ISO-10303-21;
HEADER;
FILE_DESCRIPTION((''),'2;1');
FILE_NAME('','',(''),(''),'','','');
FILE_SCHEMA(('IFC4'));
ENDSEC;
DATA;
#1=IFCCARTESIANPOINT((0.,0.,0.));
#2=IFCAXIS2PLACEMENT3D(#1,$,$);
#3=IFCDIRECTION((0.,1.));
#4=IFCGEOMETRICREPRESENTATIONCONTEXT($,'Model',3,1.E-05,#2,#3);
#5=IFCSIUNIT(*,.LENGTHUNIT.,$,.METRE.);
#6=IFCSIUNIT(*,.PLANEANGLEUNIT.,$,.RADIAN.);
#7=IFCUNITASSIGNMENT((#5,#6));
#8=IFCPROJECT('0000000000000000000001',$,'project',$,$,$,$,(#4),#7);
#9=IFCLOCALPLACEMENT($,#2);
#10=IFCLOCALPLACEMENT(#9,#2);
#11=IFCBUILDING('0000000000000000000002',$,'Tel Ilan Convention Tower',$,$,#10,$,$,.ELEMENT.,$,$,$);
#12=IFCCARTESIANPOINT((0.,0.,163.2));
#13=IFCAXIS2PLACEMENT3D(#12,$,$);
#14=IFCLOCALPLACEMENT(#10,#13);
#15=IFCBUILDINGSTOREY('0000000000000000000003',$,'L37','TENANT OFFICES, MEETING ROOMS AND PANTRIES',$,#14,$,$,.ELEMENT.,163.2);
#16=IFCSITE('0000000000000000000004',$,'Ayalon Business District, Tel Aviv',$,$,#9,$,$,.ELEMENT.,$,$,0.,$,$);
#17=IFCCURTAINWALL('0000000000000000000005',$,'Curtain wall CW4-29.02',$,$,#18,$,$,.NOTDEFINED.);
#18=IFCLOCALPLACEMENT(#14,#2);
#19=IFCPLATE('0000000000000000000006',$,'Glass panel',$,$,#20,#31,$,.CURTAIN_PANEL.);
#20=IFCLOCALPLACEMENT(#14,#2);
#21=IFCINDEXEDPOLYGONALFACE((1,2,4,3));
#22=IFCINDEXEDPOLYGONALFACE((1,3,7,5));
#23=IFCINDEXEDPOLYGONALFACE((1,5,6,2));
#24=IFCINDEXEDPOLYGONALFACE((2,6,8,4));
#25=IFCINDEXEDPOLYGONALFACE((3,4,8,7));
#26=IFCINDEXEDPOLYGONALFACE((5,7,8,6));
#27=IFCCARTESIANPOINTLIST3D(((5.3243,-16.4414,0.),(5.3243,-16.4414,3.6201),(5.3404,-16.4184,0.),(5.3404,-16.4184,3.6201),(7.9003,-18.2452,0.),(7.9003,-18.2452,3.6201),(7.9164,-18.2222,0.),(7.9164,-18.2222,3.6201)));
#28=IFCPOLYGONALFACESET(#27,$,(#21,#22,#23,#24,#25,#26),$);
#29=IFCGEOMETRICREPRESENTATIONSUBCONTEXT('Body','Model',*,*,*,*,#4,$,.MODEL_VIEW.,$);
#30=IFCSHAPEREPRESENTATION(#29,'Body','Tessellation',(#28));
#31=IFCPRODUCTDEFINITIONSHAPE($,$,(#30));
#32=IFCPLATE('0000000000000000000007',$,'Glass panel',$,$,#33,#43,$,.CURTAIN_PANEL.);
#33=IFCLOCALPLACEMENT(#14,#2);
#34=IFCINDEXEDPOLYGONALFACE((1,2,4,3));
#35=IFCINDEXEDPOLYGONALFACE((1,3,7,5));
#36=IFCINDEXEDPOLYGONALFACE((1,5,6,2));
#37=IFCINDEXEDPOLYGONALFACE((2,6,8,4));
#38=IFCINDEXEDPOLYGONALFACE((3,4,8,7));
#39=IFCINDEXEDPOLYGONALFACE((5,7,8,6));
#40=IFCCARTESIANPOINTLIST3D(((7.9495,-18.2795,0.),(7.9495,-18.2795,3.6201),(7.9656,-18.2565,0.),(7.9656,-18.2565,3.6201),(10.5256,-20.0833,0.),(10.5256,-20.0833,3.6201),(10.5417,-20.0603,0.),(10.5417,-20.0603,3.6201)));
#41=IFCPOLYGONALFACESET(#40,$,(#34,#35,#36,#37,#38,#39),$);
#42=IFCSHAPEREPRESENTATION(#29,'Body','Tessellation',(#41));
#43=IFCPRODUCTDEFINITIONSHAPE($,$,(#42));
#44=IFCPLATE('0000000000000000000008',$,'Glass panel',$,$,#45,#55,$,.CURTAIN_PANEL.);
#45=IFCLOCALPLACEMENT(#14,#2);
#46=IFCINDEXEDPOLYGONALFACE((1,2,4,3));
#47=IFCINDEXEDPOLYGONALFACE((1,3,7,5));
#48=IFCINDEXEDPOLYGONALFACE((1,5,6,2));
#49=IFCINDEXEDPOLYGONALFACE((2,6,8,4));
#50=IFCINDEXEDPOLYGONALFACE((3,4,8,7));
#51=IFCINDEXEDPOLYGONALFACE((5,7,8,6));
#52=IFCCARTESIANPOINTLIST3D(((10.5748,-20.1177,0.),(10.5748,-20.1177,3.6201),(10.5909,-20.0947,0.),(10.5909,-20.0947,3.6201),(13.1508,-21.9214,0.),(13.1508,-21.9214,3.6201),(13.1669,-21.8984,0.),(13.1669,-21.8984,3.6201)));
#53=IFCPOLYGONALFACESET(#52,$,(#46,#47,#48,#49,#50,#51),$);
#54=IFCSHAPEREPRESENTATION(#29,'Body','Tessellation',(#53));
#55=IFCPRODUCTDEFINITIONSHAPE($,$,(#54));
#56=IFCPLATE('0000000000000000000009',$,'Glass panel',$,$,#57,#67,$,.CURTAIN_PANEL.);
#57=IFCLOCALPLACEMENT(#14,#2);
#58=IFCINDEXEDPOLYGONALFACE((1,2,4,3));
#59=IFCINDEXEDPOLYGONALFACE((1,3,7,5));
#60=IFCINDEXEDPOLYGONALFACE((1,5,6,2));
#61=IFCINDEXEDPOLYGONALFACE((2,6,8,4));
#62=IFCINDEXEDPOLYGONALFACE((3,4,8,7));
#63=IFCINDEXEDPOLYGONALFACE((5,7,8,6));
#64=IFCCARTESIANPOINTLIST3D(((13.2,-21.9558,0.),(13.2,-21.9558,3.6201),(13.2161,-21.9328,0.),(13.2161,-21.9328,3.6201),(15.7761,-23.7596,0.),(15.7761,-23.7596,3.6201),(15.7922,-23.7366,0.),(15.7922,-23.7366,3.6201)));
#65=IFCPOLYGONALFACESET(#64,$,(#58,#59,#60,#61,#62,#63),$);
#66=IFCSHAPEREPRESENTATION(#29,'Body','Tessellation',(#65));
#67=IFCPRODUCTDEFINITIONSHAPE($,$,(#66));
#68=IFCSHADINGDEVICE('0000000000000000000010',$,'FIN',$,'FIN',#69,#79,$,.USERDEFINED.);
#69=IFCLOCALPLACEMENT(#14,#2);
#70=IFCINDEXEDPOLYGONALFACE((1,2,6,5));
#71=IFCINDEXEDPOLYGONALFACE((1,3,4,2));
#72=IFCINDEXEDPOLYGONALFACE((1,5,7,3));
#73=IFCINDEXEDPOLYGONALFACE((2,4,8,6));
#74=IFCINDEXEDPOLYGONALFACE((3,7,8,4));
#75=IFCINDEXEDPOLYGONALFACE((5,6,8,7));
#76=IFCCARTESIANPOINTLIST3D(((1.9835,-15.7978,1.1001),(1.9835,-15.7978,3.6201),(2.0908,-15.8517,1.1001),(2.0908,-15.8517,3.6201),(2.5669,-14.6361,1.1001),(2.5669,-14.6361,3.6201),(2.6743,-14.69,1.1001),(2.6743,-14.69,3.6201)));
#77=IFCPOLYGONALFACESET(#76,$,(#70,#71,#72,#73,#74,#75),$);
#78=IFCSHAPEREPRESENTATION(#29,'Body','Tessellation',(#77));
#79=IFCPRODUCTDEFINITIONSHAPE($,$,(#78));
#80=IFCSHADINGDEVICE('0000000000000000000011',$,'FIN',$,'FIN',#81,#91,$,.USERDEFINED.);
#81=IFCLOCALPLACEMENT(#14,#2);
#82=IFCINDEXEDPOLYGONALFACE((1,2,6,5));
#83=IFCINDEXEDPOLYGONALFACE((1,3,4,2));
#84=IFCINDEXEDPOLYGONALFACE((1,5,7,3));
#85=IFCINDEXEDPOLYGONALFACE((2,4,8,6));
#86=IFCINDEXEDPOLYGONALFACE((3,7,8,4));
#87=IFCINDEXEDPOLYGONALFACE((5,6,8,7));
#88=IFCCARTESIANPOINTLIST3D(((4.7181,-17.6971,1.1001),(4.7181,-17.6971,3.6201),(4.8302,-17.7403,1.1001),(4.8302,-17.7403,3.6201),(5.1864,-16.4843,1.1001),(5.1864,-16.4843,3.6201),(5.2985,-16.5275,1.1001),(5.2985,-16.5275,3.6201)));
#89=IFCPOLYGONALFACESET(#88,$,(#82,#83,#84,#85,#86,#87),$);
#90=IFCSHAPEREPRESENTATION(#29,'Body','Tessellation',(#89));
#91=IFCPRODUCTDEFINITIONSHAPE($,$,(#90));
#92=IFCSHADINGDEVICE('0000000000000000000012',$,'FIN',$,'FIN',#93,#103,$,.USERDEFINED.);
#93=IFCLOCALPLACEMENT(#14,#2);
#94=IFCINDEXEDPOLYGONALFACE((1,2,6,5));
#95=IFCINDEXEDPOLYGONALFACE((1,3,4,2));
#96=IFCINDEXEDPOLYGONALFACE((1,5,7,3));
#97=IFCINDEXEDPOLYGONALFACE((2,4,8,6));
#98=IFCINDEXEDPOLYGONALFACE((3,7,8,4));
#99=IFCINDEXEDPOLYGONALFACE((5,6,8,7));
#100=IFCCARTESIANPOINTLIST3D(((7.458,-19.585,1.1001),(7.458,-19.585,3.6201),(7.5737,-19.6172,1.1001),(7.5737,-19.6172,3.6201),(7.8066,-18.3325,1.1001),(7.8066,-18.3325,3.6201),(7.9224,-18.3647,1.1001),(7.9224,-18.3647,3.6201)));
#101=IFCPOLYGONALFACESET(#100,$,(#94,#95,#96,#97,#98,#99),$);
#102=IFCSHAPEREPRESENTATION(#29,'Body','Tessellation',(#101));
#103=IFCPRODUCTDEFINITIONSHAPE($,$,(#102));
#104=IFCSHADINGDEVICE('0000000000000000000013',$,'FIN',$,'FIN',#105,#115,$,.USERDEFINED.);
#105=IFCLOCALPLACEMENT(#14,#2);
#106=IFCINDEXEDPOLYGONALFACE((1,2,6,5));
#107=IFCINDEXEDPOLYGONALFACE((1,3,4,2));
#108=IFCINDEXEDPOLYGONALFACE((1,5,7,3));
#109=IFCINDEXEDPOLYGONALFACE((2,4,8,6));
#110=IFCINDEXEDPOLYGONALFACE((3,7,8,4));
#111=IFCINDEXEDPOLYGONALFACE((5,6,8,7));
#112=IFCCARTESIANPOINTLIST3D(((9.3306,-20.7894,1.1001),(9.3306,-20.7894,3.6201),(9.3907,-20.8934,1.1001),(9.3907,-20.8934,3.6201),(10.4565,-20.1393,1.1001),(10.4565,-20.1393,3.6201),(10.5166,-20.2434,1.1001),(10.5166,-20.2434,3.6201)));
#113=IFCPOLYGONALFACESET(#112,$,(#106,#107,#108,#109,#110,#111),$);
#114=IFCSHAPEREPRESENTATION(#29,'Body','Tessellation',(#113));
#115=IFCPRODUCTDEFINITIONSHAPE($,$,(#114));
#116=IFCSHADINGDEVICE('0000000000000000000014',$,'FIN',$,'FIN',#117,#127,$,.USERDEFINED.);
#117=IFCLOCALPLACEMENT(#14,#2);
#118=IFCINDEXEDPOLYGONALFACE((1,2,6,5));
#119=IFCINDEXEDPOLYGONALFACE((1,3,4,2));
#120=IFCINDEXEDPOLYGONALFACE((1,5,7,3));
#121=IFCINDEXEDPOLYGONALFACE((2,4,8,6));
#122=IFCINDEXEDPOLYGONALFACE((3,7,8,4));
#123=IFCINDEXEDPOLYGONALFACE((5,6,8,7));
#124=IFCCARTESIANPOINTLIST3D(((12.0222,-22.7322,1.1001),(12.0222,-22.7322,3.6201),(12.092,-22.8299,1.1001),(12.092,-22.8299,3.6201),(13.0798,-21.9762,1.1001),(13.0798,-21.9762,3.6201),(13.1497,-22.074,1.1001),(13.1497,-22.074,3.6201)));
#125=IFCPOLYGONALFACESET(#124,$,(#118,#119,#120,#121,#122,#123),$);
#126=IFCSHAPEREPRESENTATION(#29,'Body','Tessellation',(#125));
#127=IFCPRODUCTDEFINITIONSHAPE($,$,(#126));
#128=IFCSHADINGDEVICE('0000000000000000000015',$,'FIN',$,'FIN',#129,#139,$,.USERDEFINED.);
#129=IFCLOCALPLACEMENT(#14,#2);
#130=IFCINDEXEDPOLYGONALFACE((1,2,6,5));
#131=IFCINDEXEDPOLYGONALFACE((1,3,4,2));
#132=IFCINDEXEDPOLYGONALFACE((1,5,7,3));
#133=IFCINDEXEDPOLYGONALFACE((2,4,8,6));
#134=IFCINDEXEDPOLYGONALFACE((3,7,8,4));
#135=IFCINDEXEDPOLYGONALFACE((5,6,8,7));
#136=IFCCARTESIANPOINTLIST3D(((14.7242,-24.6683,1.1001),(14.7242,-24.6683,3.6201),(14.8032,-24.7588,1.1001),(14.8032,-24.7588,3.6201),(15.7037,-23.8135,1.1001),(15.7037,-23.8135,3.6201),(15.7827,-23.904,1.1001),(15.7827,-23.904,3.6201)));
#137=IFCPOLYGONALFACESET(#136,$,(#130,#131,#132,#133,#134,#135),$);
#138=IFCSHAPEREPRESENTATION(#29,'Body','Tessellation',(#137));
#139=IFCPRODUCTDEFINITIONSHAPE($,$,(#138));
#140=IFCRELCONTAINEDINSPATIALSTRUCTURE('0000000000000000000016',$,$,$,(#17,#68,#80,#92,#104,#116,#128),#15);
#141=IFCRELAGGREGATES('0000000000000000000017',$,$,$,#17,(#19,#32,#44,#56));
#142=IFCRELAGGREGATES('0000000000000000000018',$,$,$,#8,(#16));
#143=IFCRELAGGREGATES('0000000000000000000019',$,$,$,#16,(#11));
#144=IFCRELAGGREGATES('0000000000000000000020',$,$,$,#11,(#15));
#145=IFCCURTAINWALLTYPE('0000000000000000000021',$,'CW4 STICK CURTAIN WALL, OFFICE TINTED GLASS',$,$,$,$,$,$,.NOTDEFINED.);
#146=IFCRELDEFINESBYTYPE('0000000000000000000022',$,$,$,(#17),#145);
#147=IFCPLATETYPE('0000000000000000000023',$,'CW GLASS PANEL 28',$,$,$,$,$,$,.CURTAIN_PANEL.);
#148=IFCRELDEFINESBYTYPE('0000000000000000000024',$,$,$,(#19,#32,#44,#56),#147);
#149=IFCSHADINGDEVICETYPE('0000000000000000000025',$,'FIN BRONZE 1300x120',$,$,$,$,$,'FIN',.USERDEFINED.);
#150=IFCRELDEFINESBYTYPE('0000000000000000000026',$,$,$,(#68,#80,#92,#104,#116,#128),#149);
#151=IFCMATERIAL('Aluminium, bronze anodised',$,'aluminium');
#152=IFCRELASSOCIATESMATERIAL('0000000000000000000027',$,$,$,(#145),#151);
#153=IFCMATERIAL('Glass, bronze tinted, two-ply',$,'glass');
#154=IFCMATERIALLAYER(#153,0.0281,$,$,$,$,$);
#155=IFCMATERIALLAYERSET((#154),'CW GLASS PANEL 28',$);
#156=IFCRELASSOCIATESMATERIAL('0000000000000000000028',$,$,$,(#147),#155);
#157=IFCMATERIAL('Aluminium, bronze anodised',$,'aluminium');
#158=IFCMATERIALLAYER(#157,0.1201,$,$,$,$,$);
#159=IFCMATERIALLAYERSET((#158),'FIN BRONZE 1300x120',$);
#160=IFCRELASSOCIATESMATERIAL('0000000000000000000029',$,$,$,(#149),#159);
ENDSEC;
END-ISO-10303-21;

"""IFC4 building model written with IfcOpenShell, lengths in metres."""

from ifc_helpers import new_model, si_unit, direction, frame, origin, origin_2d, place, context, subcontext, project, spatial, rectangle, extrude, material, layer, layer_set, type_object, element, aggregate, save


model = new_model("IFC4")

# Units and contexts
model_context = context("Model", 3, precision=1e-05, world=origin(), true_north=direction((0.0, 1.0)))
body_context = subcontext(model_context, "Body", "Model", "MODEL_VIEW")
ifc_project = project(units=[si_unit("LENGTHUNIT", "METRE"), si_unit("PLANEANGLEUNIT", "RADIAN")], contexts=[model_context])

# Site, building, storey
site_placement = place(None, origin())
site = spatial("IfcSite", under=ifc_project, at=site_placement, Name="Ayalon Business District, Tel Aviv", CompositionType="ELEMENT", RefElevation=0.0)
building_placement = place(site_placement, origin())
building = spatial("IfcBuilding", under=site, at=building_placement, Name="Tel Ilan Convention Tower", CompositionType="ELEMENT")
storey_placement = place(building_placement, frame((0.0, 0.0, 163.2)))
storey = spatial("IfcBuildingStorey", under=building, at=storey_placement, Name="L37", Description="TENANT OFFICES, MEETING ROOMS AND PANTRIES", CompositionType="ELEMENT", Elevation=163.2)

# Curtain wall, plates
ifc_material_1 = material(Name="Aluminium, bronze anodised", Category="aluminium")
curtain_wall_type = type_object("IfcCurtainWallType", Name="CW4 STICK CURTAIN WALL, OFFICE TINTED GLASS", PredefinedType="NOTDEFINED", material=ifc_material_1)
curtain_wall_placement = place(storey_placement, origin())
curtain_wall = element("IfcCurtainWall", 1, at=curtain_wall_placement, inside=storey, type_object=curtain_wall_type, Name="Curtain wall CW4-29.02", PredefinedType="NOTDEFINED")
ifc_material_2 = material(Name="Glass, bronze tinted, two-ply", Category="glass")
ifc_layer_1 = layer(ifc_material_2, 0.0281)
ifc_layer_set_1 = layer_set([ifc_layer_1], Name="CW GLASS PANEL 28")
plate_type = type_object("IfcPlateType", Name="CW GLASS PANEL 28", PredefinedType="CURTAIN_PANEL", material=ifc_layer_set_1)
plate_1_placement = place(storey_placement, frame((6.6204, -17.3318, 0.0), z_axis=(0.0, 0.0, 1.0), x_axis=(0.819152, -0.573576, 0.0)))
plate_1 = element("IfcPlate", 2, at=plate_1_placement, type_object=plate_type, Name="Glass panel", PredefinedType="CURTAIN_PANEL", context=body_context, shape_type="SweptSolid", body=[
    extrude(rectangle(XDim=3.1448, YDim=0.0281, at=origin_2d()), origin(), (0.0, 0.0, 1.0), 3.6201),
])
plate_2_placement = place(storey_placement, frame((9.2456, -19.1699, 0.0), z_axis=(0.0, 0.0, 1.0), x_axis=(0.819152, -0.573576, 0.0)))
plate_2 = element("IfcPlate", 3, at=plate_2_placement, type_object=plate_type, Name="Glass panel", PredefinedType="CURTAIN_PANEL", context=body_context, shape_type="SweptSolid", body=[
    extrude(rectangle(XDim=3.1448, YDim=0.0281, at=origin_2d()), origin(), (0.0, 0.0, 1.0), 3.6201),
])
plate_3_placement = place(storey_placement, frame((11.8708, -21.0081, 0.0), z_axis=(0.0, 0.0, 1.0), x_axis=(0.819152, -0.573576, 0.0)))
plate_3 = element("IfcPlate", 4, at=plate_3_placement, type_object=plate_type, Name="Glass panel", PredefinedType="CURTAIN_PANEL", context=body_context, shape_type="SweptSolid", body=[
    extrude(rectangle(XDim=3.1448, YDim=0.0281, at=origin_2d()), origin(), (0.0, 0.0, 1.0), 3.6201),
])
plate_4_placement = place(storey_placement, frame((14.4961, -22.8462, 0.0), z_axis=(0.0, 0.0, 1.0), x_axis=(0.819152, -0.573576, 0.0)))
plate_4 = element("IfcPlate", 5, at=plate_4_placement, type_object=plate_type, Name="Glass panel", PredefinedType="CURTAIN_PANEL", context=body_context, shape_type="SweptSolid", body=[
    extrude(rectangle(XDim=3.1448, YDim=0.0281, at=origin_2d()), origin(), (0.0, 0.0, 1.0), 3.6201),
])
aggregate(curtain_wall, [plate_1, plate_2, plate_3, plate_4])

# Shading devices
ifc_material_3 = material(Name="Aluminium, bronze anodised", Category="aluminium")
ifc_layer_2 = layer(ifc_material_3, 0.1201)
ifc_layer_set_2 = layer_set([ifc_layer_2], Name="FIN BRONZE 1300x120")
shading_device_type = type_object("IfcShadingDeviceType", Name="FIN BRONZE 1300x120", ElementType="FIN", PredefinedType="USERDEFINED", material=ifc_layer_set_2)
for number, where, z_axis, x_axis, name in (
    (6, (2.3289, -15.2439, 1.1001), (0.0, 0.0, 1.0), (-0.448799, -0.893633, 0.0), "FIN"),
    (7, (5.0083, -17.1123, 1.1001), (0.0, 0.0, 1.0), (-0.360178, -0.932884, 0.0), "FIN"),
    (8, (7.6902, -18.9749, 1.1001), (0.0, 0.0, 1.0), (-0.268173, -0.963371, 0.0), "FIN"),
    (9, (9.9236, -20.5164, 1.1001), (0.0, 0.0, 1.0), (-0.866025, -0.5, 0.0), "FIN"),
    (10, (12.5859, -22.4031, 1.1001), (0.0, 0.0, 1.0), (-0.813552, -0.581492, 0.0), "FIN"),
    (11, (15.2534, -24.2861, 1.1001), (0.0, 0.0, 1.0), (-0.753436, -0.657521, 0.0), "FIN"),
):
    element("IfcShadingDevice", number, at=place(storey_placement, frame(where, z_axis=z_axis, x_axis=x_axis)), inside=storey, type_object=shading_device_type, Name=name, ObjectType="FIN", PredefinedType="USERDEFINED", context=body_context, shape_type="SweptSolid", body=[
        extrude(rectangle(XDim=1.3, YDim=0.1201, at=origin_2d()), origin(), (0.0, 0.0, 1.0), 2.52),
    ])

save(model, "model.ifc")
